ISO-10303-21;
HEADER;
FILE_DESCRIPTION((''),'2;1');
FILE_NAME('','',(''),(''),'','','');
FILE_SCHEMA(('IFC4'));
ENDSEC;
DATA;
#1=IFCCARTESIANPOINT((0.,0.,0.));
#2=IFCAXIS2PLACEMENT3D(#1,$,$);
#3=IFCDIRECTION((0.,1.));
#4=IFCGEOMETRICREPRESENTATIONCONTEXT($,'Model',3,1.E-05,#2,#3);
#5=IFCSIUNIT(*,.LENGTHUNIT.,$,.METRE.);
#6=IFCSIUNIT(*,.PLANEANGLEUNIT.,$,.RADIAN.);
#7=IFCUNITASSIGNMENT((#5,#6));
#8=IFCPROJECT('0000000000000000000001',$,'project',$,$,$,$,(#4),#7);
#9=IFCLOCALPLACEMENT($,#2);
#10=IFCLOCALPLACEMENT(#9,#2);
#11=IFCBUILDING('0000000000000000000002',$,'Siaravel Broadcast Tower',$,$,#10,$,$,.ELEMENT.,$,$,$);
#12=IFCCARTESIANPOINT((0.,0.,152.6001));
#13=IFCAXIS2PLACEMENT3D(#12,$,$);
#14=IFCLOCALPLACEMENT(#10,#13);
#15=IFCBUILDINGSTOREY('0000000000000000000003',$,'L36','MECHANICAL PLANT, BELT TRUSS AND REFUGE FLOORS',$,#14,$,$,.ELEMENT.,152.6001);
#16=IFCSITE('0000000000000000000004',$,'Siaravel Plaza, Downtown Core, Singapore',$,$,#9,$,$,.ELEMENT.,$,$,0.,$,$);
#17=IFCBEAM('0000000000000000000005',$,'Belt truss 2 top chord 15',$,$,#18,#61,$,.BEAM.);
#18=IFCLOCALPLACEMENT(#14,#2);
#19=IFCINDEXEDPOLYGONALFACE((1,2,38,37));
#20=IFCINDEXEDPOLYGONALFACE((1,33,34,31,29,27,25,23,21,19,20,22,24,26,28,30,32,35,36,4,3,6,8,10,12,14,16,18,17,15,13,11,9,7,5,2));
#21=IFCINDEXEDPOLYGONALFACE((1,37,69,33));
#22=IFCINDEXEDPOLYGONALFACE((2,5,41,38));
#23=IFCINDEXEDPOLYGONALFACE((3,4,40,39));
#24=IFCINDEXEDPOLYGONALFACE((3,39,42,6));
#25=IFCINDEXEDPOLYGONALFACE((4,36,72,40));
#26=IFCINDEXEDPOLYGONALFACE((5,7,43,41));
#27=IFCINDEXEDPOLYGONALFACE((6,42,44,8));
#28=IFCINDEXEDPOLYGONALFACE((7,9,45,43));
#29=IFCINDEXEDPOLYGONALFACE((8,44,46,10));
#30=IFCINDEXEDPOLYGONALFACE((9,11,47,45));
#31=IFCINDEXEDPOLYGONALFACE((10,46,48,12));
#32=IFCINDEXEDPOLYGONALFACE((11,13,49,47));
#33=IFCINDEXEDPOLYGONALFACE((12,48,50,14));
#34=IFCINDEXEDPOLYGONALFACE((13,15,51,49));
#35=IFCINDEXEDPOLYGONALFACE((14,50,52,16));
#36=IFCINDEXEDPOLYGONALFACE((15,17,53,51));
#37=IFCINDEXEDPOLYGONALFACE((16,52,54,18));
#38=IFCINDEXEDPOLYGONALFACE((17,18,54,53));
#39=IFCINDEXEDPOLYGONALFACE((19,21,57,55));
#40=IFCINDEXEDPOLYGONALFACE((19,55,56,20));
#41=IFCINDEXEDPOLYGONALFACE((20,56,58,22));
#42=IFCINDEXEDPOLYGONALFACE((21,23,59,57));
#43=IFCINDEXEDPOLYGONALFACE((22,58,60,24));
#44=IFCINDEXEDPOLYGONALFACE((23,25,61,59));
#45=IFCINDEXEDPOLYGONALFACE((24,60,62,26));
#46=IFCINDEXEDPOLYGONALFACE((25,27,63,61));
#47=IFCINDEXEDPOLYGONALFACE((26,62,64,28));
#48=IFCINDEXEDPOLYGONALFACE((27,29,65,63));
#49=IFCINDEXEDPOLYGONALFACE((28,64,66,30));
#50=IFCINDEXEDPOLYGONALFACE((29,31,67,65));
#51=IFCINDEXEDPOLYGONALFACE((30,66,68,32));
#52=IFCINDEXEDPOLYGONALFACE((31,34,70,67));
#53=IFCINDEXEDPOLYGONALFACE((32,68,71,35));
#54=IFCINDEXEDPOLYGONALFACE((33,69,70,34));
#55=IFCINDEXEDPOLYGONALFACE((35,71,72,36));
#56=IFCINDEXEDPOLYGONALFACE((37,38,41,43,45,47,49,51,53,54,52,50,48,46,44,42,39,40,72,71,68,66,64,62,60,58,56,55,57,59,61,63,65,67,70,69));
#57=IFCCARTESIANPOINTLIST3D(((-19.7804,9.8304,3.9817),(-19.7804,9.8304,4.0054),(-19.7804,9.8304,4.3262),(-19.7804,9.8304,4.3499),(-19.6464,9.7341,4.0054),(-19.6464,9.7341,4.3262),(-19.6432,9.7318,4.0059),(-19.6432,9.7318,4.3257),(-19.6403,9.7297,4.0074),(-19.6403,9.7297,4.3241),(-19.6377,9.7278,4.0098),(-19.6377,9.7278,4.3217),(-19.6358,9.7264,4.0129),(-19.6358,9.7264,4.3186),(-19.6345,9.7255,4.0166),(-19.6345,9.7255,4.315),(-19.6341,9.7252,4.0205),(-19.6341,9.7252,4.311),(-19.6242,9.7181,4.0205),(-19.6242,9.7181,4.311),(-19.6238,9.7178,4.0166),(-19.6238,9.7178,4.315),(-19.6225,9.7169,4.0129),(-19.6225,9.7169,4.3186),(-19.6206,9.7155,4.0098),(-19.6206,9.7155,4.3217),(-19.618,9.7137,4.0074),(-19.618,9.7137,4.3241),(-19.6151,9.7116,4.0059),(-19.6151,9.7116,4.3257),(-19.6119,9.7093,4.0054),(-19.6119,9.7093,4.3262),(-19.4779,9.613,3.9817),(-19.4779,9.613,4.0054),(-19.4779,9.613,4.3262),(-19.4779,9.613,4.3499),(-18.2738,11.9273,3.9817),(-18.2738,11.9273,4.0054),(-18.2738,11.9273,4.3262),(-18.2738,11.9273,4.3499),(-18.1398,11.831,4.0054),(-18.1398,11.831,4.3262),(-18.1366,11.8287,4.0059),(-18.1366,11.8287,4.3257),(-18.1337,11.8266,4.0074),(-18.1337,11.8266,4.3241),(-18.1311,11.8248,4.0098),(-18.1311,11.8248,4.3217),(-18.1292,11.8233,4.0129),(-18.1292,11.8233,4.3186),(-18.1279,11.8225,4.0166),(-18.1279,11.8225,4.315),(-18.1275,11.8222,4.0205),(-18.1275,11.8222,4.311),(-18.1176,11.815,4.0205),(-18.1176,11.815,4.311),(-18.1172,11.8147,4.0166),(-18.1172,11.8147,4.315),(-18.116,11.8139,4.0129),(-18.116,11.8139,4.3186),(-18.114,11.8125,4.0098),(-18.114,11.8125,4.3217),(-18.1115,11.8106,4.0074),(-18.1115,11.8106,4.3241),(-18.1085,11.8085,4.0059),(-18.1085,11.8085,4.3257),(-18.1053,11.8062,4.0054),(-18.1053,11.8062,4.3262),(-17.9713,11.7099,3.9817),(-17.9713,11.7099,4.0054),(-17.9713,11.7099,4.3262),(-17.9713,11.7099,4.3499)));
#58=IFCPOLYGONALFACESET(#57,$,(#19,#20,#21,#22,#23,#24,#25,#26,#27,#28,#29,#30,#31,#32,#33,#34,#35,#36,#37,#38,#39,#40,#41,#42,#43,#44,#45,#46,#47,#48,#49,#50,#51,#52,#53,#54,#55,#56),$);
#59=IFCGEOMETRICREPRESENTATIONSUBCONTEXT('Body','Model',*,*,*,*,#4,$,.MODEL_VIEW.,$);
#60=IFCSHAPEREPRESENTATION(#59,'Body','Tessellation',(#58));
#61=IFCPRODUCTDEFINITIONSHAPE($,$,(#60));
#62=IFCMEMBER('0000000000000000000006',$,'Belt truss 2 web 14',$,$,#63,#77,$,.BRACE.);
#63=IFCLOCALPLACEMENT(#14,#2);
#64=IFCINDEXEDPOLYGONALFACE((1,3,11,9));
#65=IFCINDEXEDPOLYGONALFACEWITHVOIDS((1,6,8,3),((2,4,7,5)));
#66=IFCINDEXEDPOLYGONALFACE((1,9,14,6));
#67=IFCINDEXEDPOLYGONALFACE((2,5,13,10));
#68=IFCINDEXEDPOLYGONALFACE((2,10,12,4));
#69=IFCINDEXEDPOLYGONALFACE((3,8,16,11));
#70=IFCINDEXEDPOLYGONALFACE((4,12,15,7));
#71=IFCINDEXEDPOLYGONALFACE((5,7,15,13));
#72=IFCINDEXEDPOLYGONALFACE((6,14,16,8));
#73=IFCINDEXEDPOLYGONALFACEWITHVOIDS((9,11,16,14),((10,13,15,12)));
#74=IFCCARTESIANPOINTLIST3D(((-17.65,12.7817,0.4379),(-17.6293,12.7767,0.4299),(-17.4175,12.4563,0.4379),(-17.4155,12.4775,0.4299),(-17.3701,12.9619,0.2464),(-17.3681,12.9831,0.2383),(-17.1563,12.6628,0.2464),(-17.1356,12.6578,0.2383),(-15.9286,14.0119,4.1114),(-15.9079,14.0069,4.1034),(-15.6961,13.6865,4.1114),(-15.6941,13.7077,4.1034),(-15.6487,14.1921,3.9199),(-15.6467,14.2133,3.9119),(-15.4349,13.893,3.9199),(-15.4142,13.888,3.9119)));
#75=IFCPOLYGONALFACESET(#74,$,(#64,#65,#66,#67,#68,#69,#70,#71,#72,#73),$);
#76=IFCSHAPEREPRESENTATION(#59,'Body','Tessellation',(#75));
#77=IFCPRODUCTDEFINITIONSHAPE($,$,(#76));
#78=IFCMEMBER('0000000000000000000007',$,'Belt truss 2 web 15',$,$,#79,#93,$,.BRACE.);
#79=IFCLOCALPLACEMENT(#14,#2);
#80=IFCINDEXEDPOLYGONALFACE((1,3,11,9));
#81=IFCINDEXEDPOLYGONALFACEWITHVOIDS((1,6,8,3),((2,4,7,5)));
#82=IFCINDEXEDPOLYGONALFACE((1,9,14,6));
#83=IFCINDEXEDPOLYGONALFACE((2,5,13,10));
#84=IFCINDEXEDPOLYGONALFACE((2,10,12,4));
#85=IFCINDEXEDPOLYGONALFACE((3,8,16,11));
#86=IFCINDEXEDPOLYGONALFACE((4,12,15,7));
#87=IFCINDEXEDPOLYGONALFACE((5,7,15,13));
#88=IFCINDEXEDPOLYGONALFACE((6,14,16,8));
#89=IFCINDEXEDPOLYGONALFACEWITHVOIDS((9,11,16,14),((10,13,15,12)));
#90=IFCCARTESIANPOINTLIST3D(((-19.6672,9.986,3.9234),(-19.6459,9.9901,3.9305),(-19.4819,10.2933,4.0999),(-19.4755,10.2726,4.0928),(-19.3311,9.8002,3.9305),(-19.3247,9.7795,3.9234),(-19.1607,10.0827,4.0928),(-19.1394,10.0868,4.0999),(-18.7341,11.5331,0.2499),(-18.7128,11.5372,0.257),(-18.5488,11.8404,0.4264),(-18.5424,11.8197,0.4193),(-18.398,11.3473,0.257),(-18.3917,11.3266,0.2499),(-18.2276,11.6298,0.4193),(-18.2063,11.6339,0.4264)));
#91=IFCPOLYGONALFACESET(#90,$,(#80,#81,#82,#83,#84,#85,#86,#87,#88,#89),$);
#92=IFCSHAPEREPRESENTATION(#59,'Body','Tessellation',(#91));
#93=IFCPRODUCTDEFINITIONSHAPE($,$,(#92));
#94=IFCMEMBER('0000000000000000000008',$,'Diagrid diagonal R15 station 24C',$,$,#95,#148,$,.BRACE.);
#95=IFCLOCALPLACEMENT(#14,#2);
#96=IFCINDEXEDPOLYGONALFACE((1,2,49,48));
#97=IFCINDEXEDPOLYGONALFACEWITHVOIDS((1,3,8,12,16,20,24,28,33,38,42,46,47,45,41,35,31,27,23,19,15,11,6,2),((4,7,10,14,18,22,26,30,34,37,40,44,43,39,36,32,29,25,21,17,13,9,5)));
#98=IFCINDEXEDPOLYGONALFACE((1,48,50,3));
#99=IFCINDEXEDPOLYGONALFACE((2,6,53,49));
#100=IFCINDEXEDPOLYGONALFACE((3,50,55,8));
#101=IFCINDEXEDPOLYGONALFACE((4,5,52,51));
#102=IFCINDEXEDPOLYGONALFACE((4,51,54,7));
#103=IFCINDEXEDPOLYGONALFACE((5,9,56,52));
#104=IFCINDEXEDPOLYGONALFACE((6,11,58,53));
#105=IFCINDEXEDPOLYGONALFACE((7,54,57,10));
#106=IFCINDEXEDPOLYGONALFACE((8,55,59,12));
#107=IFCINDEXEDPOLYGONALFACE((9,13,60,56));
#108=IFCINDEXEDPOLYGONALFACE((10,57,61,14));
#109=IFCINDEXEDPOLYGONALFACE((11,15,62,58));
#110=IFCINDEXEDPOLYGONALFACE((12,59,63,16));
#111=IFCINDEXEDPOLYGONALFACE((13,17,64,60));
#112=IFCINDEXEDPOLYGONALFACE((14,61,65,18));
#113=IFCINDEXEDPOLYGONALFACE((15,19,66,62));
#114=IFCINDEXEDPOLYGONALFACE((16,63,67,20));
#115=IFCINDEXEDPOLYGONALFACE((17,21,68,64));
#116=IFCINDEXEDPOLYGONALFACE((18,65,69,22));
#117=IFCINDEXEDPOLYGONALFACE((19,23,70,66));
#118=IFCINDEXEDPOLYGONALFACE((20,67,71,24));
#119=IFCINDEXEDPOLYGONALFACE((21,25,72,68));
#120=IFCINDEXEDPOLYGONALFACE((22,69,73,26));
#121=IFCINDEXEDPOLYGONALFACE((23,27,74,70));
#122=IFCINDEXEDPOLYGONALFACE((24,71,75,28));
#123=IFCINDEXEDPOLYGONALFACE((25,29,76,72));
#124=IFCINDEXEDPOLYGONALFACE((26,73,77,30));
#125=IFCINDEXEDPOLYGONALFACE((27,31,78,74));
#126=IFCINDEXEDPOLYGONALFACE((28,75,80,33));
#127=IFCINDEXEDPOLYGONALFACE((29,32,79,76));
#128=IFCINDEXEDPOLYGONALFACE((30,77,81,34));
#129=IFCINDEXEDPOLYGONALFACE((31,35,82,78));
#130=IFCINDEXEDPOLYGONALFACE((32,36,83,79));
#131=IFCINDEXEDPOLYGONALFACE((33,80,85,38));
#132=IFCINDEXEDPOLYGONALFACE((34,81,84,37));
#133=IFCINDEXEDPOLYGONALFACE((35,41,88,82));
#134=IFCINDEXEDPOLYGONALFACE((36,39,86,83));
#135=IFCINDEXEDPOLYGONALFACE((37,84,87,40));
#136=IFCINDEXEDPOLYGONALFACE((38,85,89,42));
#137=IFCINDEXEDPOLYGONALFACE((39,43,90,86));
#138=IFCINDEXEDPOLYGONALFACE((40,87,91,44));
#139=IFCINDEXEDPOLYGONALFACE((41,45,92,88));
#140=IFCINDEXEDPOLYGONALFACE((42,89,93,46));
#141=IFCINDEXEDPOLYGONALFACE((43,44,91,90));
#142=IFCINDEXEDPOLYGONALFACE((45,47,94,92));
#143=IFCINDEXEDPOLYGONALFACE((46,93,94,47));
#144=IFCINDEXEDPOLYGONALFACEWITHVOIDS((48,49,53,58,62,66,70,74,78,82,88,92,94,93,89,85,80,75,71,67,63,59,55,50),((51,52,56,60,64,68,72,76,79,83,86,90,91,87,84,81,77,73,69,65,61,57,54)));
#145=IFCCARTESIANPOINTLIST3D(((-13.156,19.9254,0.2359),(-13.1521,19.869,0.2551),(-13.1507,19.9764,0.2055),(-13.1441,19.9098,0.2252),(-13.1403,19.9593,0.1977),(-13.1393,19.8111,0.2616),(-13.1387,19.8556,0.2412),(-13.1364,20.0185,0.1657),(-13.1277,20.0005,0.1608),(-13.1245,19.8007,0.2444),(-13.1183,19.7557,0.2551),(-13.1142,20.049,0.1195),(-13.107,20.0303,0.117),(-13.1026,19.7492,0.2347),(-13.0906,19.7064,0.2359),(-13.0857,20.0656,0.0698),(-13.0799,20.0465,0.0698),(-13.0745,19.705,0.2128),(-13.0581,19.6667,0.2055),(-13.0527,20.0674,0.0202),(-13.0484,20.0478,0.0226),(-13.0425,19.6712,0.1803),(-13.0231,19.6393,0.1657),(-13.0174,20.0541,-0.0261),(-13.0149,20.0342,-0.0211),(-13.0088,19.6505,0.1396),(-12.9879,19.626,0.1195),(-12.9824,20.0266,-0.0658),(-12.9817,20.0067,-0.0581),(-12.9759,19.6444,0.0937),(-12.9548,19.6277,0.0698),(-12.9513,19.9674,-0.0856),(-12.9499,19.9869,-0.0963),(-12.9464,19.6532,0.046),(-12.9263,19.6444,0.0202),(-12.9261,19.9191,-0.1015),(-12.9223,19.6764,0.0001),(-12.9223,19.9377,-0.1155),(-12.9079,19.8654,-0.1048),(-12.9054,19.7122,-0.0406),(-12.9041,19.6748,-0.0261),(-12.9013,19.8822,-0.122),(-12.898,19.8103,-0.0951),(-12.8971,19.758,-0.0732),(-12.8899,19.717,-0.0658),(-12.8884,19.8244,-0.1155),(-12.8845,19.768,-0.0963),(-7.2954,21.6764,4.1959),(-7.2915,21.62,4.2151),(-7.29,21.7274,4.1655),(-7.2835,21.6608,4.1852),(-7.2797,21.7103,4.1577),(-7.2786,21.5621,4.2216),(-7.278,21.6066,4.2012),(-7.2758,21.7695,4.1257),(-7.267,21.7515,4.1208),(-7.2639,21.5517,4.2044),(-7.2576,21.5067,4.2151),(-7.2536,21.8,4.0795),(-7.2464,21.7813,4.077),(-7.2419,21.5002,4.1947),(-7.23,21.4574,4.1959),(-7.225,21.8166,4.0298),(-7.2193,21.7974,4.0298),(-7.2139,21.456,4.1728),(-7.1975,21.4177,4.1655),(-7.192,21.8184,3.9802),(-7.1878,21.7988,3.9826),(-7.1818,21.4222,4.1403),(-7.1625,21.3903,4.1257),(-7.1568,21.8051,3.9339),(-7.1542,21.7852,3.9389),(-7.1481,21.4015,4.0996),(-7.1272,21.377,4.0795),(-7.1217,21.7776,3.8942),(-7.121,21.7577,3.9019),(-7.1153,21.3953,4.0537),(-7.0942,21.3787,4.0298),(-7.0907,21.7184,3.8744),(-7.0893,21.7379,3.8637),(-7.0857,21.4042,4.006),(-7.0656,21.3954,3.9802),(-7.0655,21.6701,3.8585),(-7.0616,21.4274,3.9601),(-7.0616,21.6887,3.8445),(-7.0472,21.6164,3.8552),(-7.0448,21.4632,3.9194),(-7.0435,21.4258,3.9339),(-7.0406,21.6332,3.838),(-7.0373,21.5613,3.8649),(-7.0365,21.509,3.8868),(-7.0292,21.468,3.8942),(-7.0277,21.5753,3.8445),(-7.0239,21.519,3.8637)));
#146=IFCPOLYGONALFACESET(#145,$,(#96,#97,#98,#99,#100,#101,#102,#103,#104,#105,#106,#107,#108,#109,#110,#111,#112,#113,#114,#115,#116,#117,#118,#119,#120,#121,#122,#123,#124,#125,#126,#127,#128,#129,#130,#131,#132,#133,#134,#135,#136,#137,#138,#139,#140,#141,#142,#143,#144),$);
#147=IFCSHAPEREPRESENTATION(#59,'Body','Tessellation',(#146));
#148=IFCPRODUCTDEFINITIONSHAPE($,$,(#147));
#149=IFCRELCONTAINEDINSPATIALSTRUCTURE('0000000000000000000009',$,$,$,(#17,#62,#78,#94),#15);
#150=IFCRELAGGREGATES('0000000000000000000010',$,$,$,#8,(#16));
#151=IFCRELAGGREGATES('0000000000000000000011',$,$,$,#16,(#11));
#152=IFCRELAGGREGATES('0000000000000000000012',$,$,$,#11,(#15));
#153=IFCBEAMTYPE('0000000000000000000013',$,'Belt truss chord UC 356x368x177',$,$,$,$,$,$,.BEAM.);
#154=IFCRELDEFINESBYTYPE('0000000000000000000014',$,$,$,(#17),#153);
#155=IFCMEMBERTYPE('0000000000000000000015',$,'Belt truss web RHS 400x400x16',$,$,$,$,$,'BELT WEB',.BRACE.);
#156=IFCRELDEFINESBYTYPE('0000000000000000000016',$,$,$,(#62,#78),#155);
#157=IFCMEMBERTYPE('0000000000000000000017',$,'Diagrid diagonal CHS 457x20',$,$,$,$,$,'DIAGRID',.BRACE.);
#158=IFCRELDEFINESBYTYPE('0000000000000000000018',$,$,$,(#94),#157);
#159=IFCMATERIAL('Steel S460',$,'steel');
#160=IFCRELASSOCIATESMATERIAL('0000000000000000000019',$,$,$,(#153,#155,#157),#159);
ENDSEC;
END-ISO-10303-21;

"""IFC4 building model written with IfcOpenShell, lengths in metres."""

from ifc_helpers import new_model, si_unit, direction, frame, origin, origin_2d, place, context, subcontext, project, spatial, hollow_rectangle, hollow_circle, i_section, extrude, material, material_profile, profile_set, type_object, element, save


model = new_model("IFC4")

# Units and contexts
model_context = context("Model", 3, precision=1e-05, world=origin(), true_north=direction((0.0, 1.0)))
body_context = subcontext(model_context, "Body", "Model", "MODEL_VIEW")
ifc_project = project(units=[si_unit("LENGTHUNIT", "METRE"), si_unit("PLANEANGLEUNIT", "RADIAN")], contexts=[model_context])

# Site, building, storey
site_placement = place(None, origin())
site = spatial("IfcSite", under=ifc_project, at=site_placement, Name="Siaravel Plaza, Downtown Core, Singapore", CompositionType="ELEMENT", RefElevation=0.0)
building_placement = place(site_placement, origin())
building = spatial("IfcBuilding", under=site, at=building_placement, Name="Siaravel Broadcast Tower", CompositionType="ELEMENT")
storey_placement = place(building_placement, frame((0.0, 0.0, 152.6001)))
storey = spatial("IfcBuildingStorey", under=building, at=storey_placement, Name="L36", Description="MECHANICAL PLANT, BELT TRUSS AND REFUGE FLOORS", CompositionType="ELEMENT", Elevation=152.6001)

# Beam
ifc_material_1 = material(Name="Steel S460", Category="steel")
ifc_material_profile_1 = material_profile(ifc_material_1, i_section(OverallWidth=0.3726, OverallDepth=0.3682, WebThickness=0.0122, FlangeThickness=0.0237, FilletRadius=0.0151, at=origin_2d()))
ifc_profile_set_1 = profile_set([ifc_material_profile_1], Name="Steel S460")
beam_type_1 = type_object("IfcBeamType", Name="Belt truss chord UC 356x368x177", PredefinedType="BEAM", material=ifc_profile_set_1)
beam_1_placement = place(storey_placement, frame((-18.1226, 11.8186, 4.1658), z_axis=(-0.58349, -0.81212, 0.0), x_axis=(0.81212, -0.58349, 0.0)))
element("IfcBeam", 1, at=beam_1_placement, inside=storey, type_object=beam_type_1, Name="Belt truss 2 top chord 15", PredefinedType="BEAM", context=body_context, shape_type="SweptSolid", body=[
    extrude(i_section(OverallWidth=0.3726, OverallDepth=0.3682, WebThickness=0.0122, FlangeThickness=0.0237, FilletRadius=0.0151, at=origin_2d()), origin(), (0.0, 0.0, 1.0), 2.582),
])

# Members
ifc_material_profile_2 = material_profile(ifc_material_1, hollow_rectangle(XDim=0.3999, YDim=0.3999, WallThickness=0.0161, at=origin_2d()))
ifc_profile_set_2 = profile_set([ifc_material_profile_2], Name="Steel S460")
member_type_1 = type_object("IfcMemberType", Name="Belt truss web RHS 400x400x16", ElementType="BELT WEB", PredefinedType="BRACE", material=ifc_profile_set_2)
member_1_placement = place(storey_placement, frame((-17.3928, 12.7197, 0.3381), z_axis=(0.406062, 0.290192, 0.866546), x_axis=(-0.581435, 0.813593, 0.0)))
element("IfcMember", 2, at=member_1_placement, inside=storey, type_object=member_type_1, Name="Belt truss 2 web 14", PredefinedType="BRACE", context=body_context, shape_type="SweptSolid", body=[
    extrude(hollow_rectangle(XDim=0.3999, YDim=0.3999, WallThickness=0.0161, at=origin_2d()), origin(), (0.0, 0.0, 1.0), 4.2393),
])
member_2_placement = place(storey_placement, frame((-18.4702, 11.5835, 0.3381), z_axis=(-0.227929, -0.377914, 0.897345), x_axis=(0.85631, -0.516462, 0.0)))
element("IfcMember", 3, at=member_2_placement, inside=storey, type_object=member_type_1, Name="Belt truss 2 web 15", PredefinedType="BRACE", context=body_context, shape_type="SweptSolid", body=[
    extrude(hollow_rectangle(XDim=0.3999, YDim=0.3999, WallThickness=0.0161, at=origin_2d()), origin(), (0.0, 0.0, 1.0), 4.0938),
])
ifc_material_profile_3 = material_profile(ifc_material_1, hollow_circle(Radius=0.2285, WallThickness=0.02, at=origin_2d()))
ifc_profile_set_3 = profile_set([ifc_material_profile_3], Name="Steel S460")
member_type_2 = type_object("IfcMemberType", Name="Diagrid diagonal CHS 457x20", ElementType="DIAGRID", PredefinedType="BRACE", material=ifc_profile_set_3)
member_3_placement = place(storey_placement, frame((-13.0203, 19.8467, 0.0698), z_axis=(0.804303, 0.240303, 0.543462), x_axis=(-0.286267, 0.95815, 0.0)))
element("IfcMember", 4, at=member_3_placement, inside=storey, type_object=member_type_2, Name="Diagrid diagonal R15 station 24C", PredefinedType="BRACE", context=body_context, shape_type="SweptSolid", body=[
    extrude(hollow_circle(Radius=0.2285, WallThickness=0.02, at=origin_2d()), origin(), (0.0, 0.0, 1.0), 7.2866),
])

save(model, "model.ifc")
